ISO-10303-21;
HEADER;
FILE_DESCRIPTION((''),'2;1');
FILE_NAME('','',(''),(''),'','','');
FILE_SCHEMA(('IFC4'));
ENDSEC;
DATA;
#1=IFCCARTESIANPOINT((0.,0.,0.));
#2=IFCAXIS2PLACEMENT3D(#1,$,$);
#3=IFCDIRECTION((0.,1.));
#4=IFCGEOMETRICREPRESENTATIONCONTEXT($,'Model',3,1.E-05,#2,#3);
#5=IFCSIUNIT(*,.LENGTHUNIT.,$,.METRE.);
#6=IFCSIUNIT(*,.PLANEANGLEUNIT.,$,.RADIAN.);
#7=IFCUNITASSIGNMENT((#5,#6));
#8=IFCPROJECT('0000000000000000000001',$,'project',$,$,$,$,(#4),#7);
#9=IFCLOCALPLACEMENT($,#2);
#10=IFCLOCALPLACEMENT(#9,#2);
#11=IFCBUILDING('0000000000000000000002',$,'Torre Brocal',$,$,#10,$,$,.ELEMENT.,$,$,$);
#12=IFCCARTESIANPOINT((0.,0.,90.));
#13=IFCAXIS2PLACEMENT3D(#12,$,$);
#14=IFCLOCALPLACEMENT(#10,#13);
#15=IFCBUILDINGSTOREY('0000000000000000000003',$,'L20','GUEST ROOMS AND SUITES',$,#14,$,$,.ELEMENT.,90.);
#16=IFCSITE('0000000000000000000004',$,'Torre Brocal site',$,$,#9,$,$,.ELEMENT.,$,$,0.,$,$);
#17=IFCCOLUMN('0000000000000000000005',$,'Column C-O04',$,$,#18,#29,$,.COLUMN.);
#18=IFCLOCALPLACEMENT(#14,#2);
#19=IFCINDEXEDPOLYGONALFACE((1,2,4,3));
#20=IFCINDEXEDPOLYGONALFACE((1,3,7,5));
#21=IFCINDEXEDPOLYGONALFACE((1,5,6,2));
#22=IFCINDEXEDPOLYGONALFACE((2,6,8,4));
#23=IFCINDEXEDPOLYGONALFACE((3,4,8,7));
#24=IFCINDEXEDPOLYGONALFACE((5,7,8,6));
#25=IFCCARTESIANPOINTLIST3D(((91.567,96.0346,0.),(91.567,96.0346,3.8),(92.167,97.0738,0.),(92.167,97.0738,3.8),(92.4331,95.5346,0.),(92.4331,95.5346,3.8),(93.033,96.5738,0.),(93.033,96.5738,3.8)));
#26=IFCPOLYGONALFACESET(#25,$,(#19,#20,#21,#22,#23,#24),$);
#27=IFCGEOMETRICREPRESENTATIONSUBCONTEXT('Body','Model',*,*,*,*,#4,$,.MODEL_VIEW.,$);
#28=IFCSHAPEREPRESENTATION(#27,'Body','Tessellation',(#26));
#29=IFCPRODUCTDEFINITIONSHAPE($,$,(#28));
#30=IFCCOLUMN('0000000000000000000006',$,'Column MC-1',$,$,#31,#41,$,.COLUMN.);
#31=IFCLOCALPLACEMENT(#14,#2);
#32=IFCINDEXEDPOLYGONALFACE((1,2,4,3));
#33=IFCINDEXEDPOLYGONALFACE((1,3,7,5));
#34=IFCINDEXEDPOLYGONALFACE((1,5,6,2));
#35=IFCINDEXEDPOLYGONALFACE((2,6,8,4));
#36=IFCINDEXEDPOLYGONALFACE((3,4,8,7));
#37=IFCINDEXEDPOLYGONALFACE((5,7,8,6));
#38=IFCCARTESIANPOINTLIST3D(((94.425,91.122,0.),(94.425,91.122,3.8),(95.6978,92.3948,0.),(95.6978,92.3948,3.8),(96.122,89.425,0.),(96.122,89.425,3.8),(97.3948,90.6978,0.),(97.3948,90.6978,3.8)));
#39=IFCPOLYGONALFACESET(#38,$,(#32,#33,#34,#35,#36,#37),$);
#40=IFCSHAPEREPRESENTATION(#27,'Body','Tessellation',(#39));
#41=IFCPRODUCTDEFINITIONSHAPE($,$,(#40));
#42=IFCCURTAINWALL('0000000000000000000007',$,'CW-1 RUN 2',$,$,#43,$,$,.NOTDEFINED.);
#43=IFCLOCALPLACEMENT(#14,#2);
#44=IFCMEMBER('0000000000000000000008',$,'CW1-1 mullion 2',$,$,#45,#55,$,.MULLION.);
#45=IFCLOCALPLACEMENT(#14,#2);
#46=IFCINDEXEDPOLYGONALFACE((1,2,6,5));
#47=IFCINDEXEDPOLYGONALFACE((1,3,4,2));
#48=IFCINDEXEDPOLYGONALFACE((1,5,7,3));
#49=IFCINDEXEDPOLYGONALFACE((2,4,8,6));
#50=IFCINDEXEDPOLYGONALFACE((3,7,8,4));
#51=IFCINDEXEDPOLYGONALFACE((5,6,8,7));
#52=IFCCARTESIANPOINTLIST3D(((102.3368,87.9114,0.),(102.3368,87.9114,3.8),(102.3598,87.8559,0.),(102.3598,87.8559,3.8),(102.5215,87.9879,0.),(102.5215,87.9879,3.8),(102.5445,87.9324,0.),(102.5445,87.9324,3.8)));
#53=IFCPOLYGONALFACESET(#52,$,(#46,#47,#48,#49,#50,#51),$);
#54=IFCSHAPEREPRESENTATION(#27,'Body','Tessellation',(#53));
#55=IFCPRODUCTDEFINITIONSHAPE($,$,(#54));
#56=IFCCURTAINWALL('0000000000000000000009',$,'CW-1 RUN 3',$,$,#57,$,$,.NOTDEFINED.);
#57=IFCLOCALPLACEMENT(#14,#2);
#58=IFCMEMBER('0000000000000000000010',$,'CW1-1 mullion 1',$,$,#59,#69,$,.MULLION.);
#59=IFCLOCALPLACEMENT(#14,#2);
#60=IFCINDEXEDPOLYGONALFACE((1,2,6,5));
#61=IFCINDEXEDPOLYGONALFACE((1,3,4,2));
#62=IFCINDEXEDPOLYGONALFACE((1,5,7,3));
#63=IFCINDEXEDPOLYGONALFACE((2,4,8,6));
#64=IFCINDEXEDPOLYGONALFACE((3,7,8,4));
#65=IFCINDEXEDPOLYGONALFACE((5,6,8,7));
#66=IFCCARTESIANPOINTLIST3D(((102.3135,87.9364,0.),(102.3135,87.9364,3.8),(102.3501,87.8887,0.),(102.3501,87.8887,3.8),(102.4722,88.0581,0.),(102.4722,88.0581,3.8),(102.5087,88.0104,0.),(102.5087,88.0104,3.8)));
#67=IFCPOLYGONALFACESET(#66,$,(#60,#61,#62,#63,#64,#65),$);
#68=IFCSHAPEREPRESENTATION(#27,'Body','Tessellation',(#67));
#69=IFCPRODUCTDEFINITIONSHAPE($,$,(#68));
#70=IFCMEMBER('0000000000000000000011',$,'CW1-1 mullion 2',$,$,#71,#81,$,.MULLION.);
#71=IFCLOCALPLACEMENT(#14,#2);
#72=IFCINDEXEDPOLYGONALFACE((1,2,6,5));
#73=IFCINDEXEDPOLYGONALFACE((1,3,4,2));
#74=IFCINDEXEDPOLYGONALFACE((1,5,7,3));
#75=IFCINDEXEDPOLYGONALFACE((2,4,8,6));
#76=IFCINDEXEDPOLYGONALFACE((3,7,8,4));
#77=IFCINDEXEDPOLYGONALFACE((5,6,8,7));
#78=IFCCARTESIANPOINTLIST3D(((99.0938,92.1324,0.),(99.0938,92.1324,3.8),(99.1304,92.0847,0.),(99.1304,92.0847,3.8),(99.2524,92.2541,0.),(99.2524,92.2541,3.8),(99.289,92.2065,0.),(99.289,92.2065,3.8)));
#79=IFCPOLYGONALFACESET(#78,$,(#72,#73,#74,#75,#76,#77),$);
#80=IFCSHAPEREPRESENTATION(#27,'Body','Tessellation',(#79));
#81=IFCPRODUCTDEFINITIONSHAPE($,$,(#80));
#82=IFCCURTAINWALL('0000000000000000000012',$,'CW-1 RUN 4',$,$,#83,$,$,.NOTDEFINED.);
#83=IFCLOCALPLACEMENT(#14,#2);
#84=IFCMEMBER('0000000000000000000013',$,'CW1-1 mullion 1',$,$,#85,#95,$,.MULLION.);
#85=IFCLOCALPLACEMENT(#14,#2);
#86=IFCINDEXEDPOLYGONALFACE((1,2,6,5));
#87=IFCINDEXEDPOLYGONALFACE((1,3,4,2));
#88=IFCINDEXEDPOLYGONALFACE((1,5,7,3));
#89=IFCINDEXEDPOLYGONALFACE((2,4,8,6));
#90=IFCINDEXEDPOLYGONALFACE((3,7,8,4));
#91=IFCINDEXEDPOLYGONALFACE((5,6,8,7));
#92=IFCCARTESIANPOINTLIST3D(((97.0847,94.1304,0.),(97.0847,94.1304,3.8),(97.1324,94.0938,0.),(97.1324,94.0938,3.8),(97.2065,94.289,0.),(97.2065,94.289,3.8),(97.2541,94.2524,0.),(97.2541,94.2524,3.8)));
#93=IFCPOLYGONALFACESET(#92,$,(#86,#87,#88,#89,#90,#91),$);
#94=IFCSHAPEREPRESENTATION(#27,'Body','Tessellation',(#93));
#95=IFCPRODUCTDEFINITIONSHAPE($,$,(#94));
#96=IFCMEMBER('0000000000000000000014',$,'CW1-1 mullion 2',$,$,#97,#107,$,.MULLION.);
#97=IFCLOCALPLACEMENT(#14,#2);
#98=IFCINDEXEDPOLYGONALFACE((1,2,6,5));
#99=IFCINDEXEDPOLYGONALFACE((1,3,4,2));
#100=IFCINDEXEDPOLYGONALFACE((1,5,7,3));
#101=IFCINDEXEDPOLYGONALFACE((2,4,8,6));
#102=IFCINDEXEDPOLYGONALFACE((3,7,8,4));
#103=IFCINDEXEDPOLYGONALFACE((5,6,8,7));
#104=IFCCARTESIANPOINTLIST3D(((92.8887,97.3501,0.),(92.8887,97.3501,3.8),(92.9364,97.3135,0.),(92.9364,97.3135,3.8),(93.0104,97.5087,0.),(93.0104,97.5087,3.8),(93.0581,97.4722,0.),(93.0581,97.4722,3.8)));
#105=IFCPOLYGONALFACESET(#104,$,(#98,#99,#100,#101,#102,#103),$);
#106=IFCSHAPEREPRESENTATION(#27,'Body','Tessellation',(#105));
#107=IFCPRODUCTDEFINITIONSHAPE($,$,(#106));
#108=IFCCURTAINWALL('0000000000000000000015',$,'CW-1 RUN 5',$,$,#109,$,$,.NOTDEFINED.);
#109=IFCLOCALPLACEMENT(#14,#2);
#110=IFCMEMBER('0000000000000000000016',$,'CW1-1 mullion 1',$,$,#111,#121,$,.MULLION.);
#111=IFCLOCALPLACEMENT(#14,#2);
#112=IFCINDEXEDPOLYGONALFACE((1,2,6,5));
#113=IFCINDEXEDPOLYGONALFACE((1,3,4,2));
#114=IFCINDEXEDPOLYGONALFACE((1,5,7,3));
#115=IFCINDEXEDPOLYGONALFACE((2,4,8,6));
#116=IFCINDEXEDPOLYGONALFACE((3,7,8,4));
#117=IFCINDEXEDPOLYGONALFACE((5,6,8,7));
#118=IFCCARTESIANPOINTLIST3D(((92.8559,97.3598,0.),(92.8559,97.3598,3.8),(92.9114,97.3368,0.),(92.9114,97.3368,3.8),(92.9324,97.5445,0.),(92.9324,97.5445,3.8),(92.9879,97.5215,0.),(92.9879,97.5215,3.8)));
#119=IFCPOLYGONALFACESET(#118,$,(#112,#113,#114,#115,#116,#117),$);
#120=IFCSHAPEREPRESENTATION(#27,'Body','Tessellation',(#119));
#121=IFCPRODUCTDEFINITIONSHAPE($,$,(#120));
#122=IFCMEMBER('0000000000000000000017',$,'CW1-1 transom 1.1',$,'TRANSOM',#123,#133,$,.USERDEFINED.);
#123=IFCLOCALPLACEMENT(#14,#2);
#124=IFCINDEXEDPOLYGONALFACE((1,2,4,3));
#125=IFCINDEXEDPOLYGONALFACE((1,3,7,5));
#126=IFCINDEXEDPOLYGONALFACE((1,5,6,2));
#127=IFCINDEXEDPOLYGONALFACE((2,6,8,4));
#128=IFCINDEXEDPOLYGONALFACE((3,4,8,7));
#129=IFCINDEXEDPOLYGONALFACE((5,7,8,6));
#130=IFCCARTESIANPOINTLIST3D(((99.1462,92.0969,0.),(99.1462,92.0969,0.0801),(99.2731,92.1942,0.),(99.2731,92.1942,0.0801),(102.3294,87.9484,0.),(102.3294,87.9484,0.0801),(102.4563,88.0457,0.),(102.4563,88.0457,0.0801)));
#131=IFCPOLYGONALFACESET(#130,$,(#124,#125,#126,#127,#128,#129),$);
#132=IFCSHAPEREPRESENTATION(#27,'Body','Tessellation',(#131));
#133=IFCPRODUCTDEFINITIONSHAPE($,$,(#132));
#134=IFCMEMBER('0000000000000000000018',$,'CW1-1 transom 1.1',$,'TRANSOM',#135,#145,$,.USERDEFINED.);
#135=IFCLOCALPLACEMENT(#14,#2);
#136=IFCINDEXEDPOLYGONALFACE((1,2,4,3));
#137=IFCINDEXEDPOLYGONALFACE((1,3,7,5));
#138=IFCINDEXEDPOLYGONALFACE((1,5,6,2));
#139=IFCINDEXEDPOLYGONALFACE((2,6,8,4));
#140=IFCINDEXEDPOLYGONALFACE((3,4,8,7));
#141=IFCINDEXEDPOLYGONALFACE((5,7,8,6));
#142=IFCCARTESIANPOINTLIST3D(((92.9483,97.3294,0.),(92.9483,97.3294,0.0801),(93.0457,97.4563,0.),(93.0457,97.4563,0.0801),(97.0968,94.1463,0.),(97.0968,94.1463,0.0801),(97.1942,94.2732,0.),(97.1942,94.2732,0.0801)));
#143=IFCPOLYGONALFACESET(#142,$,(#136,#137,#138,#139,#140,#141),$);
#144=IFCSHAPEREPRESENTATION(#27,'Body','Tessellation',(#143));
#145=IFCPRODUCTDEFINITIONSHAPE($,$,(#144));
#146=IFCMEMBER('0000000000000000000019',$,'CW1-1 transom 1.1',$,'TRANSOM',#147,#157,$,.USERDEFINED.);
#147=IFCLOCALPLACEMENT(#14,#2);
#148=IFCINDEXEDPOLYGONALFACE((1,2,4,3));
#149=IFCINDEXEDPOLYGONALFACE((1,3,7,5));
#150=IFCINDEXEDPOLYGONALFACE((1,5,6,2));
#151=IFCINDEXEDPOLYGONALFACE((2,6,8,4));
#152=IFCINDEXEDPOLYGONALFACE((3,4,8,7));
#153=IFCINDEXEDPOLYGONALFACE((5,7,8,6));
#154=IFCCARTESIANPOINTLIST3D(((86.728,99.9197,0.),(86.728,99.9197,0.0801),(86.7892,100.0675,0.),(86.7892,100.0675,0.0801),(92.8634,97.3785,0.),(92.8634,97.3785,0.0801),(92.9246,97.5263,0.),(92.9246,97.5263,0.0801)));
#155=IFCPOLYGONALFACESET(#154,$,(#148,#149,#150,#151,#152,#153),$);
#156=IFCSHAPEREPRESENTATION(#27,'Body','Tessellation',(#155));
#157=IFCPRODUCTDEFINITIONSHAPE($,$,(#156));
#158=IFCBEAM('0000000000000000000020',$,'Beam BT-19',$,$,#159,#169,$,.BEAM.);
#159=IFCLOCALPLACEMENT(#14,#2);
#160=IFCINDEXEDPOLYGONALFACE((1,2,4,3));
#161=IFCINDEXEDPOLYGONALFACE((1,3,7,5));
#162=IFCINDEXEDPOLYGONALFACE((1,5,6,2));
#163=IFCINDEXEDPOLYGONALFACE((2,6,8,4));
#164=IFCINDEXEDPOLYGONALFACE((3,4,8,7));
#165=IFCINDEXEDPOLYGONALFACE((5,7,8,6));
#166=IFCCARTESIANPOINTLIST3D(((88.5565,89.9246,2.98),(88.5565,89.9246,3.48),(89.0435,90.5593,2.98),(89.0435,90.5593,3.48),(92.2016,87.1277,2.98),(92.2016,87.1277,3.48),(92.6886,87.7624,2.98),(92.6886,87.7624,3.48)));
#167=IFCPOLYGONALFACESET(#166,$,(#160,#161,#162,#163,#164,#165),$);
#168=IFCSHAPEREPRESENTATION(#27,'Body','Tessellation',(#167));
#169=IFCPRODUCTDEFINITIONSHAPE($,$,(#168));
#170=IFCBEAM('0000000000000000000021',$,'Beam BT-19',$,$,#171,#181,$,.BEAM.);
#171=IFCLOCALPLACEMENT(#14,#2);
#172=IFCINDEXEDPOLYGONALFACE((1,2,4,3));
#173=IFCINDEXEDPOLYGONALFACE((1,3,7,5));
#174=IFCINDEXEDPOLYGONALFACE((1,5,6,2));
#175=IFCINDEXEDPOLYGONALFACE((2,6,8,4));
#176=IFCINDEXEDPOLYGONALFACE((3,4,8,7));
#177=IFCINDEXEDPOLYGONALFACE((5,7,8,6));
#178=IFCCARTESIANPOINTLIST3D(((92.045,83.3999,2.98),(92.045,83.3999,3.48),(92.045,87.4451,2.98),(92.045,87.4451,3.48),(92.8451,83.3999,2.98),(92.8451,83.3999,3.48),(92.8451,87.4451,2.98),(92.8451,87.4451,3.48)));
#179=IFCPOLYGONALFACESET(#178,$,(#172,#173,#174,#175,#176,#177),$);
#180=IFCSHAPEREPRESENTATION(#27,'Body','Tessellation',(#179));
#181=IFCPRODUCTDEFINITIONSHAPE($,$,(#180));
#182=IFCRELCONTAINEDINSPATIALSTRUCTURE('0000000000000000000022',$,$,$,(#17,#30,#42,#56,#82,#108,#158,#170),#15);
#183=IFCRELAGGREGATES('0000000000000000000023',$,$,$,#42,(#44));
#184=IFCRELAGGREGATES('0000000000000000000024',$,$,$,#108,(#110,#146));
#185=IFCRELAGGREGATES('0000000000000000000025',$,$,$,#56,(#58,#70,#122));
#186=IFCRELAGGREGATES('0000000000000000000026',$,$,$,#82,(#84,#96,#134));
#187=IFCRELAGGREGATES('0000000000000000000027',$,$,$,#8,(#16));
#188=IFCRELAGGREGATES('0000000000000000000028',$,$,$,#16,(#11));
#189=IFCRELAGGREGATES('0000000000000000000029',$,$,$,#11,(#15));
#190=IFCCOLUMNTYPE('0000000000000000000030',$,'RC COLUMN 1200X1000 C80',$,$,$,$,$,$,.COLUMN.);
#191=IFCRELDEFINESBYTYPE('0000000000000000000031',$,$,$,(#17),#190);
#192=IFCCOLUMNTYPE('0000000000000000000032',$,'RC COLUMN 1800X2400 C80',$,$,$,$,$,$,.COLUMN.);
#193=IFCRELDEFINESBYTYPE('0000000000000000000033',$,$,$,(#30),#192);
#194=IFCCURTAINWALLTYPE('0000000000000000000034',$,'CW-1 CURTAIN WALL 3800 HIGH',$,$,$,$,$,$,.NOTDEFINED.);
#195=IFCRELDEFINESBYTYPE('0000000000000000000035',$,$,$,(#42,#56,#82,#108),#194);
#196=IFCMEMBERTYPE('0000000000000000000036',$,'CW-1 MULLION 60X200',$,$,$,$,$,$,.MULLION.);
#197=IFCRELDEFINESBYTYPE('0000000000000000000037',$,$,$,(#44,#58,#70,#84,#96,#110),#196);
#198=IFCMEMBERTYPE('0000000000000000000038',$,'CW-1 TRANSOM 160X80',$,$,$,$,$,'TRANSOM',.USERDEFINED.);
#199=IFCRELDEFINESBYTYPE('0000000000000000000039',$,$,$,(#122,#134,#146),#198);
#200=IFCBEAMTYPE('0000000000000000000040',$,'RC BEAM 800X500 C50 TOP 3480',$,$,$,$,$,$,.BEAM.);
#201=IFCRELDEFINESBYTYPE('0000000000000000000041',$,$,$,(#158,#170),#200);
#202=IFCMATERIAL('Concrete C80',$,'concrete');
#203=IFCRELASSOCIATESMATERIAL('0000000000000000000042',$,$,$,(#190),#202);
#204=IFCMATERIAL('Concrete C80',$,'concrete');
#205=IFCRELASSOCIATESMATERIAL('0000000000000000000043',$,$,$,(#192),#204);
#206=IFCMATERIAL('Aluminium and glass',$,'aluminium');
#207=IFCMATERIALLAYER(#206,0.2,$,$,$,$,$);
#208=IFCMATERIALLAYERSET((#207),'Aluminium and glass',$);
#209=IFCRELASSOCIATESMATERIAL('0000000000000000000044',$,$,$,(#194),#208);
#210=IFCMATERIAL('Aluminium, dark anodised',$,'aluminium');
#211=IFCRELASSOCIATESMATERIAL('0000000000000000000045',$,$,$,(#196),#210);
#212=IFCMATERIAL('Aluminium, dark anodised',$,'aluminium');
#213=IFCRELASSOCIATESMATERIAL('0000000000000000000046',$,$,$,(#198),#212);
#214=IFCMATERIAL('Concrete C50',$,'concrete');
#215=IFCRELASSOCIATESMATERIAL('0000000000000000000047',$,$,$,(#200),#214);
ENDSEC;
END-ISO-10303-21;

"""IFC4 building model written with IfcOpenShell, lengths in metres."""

from ifc_helpers import new_model, si_unit, direction, frame, origin, origin_2d, place, context, subcontext, project, spatial, rectangle, extrude, material, layer, layer_set, material_profile, profile_set, type_object, element, aggregate, save


model = new_model("IFC4")

# Units and contexts
model_context = context("Model", 3, precision=1e-05, world=origin(), true_north=direction((0.0, 1.0)))
body_context = subcontext(model_context, "Body", "Model", "MODEL_VIEW")
ifc_project = project(units=[si_unit("LENGTHUNIT", "METRE"), si_unit("PLANEANGLEUNIT", "RADIAN")], contexts=[model_context])

# Site, building, storey
site_placement = place(None, origin())
site = spatial("IfcSite", under=ifc_project, at=site_placement, Name="Torre Brocal site", CompositionType="ELEMENT", RefElevation=0.0)
building_placement = place(site_placement, origin())
building = spatial("IfcBuilding", under=site, at=building_placement, Name="Torre Brocal", CompositionType="ELEMENT")
storey_placement = place(building_placement, frame((0.0, 0.0, 90.0)))
storey = spatial("IfcBuildingStorey", under=building, at=storey_placement, Name="L20", Description="GUEST ROOMS AND SUITES", CompositionType="ELEMENT", Elevation=90.0)

# Columns
ifc_material_1 = material(Name="Concrete C80", Category="concrete")
ifc_material_profile_1 = material_profile(ifc_material_1, rectangle(XDim=1.2, YDim=1.0, at=origin_2d()), Name="RC 1200X1000")
ifc_profile_set_1 = profile_set([ifc_material_profile_1], Name="Concrete C80")
column_type_1 = type_object("IfcColumnType", Name="RC COLUMN 1200X1000 C80", PredefinedType="COLUMN", material=ifc_profile_set_1)
column_1_placement = place(storey_placement, frame((92.3, 96.3042, 0.0), z_axis=(0.0, 0.0, 1.0), x_axis=(0.5, 0.866025, 0.0)))
element("IfcColumn", 1, at=column_1_placement, inside=storey, type_object=column_type_1, Name="Column C-O04", PredefinedType="COLUMN", context=body_context, shape_type="SweptSolid", body=[
    extrude(rectangle(XDim=1.2, YDim=1.0, at=origin_2d()), origin(), (0.0, 0.0, 1.0), 3.8),
])
ifc_material_2 = material(Name="Concrete C80", Category="concrete")
ifc_material_profile_2 = material_profile(ifc_material_2, rectangle(XDim=1.8, YDim=2.3999, at=origin_2d()), Name="RC 1800X2400")
ifc_profile_set_2 = profile_set([ifc_material_profile_2], Name="Concrete C80")
column_type_2 = type_object("IfcColumnType", Name="RC COLUMN 1800X2400 C80", PredefinedType="COLUMN", material=ifc_profile_set_2)
column_2_placement = place(storey_placement, frame((95.9099, 90.9099, 0.0), z_axis=(0.0, 0.0, 1.0), x_axis=(0.707107, 0.707107, 0.0)))
element("IfcColumn", 2, at=column_2_placement, inside=storey, type_object=column_type_2, Name="Column MC-1", PredefinedType="COLUMN", context=body_context, shape_type="SweptSolid", body=[
    extrude(rectangle(XDim=1.8, YDim=2.3999, at=origin_2d()), origin(), (0.0, 0.0, 1.0), 3.8),
])

# Curtain wall, member
ifc_material_3 = material(Name="Aluminium and glass", Category="aluminium")
ifc_layer_1 = layer(ifc_material_3, 0.2)
ifc_layer_set_1 = layer_set([ifc_layer_1], Name="Aluminium and glass")
curtain_wall_type = type_object("IfcCurtainWallType", Name="CW-1 CURTAIN WALL 3800 HIGH", PredefinedType="NOTDEFINED", material=ifc_layer_set_1)
curtain_wall_1_placement = place(storey_placement, origin())
curtain_wall_1 = element("IfcCurtainWall", 3, at=curtain_wall_1_placement, inside=storey, type_object=curtain_wall_type, Name="CW-1 RUN 2", PredefinedType="NOTDEFINED")
ifc_material_4 = material(Name="Aluminium, dark anodised", Category="aluminium")
ifc_material_profile_3 = material_profile(ifc_material_4, rectangle(XDim=0.2, YDim=0.0601, at=origin_2d()), Name="CW-1 MULLION 60X200")
ifc_profile_set_3 = profile_set([ifc_material_profile_3], Name="Aluminium, dark anodised")
member_type_1 = type_object("IfcMemberType", Name="CW-1 MULLION 60X200", PredefinedType="MULLION", material=ifc_profile_set_3)
member_1_placement = place(storey_placement, frame((102.4407, 87.9219, 0.0), z_axis=(0.0, 0.0, 1.0), x_axis=(-0.92388, -0.382683, 0.0)))
member_1 = element("IfcMember", 4, at=member_1_placement, type_object=member_type_1, Name="CW1-1 mullion 2", PredefinedType="MULLION", context=body_context, shape_type="SweptSolid", body=[
    extrude(rectangle(XDim=0.2, YDim=0.0601, at=origin_2d()), origin(), (0.0, 0.0, 1.0), 3.8),
])
aggregate(curtain_wall_1, [member_1])

# Curtain walls, members
curtain_wall_2_placement = place(storey_placement, origin())
curtain_wall_2 = element("IfcCurtainWall", 5, at=curtain_wall_2_placement, inside=storey, type_object=curtain_wall_type, Name="CW-1 RUN 3", PredefinedType="NOTDEFINED")
member_2_placement = place(storey_placement, frame((102.4111, 87.9734, 0.0), z_axis=(0.0, 0.0, 1.0), x_axis=(-0.793353, -0.608761, 0.0)))
member_2 = element("IfcMember", 6, at=member_2_placement, type_object=member_type_1, Name="CW1-1 mullion 1", PredefinedType="MULLION", context=body_context, shape_type="SweptSolid", body=[
    extrude(rectangle(XDim=0.2, YDim=0.0601, at=origin_2d()), origin(), (0.0, 0.0, 1.0), 3.8),
])
member_3_placement = place(storey_placement, frame((99.1914, 92.1694, 0.0), z_axis=(0.0, 0.0, 1.0), x_axis=(-0.793353, -0.608761, 0.0)))
member_3 = element("IfcMember", 7, at=member_3_placement, type_object=member_type_1, Name="CW1-1 mullion 2", PredefinedType="MULLION", context=body_context, shape_type="SweptSolid", body=[
    extrude(rectangle(XDim=0.2, YDim=0.0601, at=origin_2d()), origin(), (0.0, 0.0, 1.0), 3.8),
])
curtain_wall_3_placement = place(storey_placement, origin())
curtain_wall_3 = element("IfcCurtainWall", 8, at=curtain_wall_3_placement, inside=storey, type_object=curtain_wall_type, Name="CW-1 RUN 4", PredefinedType="NOTDEFINED")
member_4_placement = place(storey_placement, frame((97.1694, 94.1914, 0.0), z_axis=(0.0, 0.0, 1.0), x_axis=(-0.608761, -0.793353, 0.0)))
member_4 = element("IfcMember", 9, at=member_4_placement, type_object=member_type_1, Name="CW1-1 mullion 1", PredefinedType="MULLION", context=body_context, shape_type="SweptSolid", body=[
    extrude(rectangle(XDim=0.2, YDim=0.0601, at=origin_2d()), origin(), (0.0, 0.0, 1.0), 3.8),
])
member_5_placement = place(storey_placement, frame((92.9734, 97.4111, 0.0), z_axis=(0.0, 0.0, 1.0), x_axis=(-0.608761, -0.793353, 0.0)))
member_5 = element("IfcMember", 10, at=member_5_placement, type_object=member_type_1, Name="CW1-1 mullion 2", PredefinedType="MULLION", context=body_context, shape_type="SweptSolid", body=[
    extrude(rectangle(XDim=0.2, YDim=0.0601, at=origin_2d()), origin(), (0.0, 0.0, 1.0), 3.8),
])

# Curtain wall, member
curtain_wall_4_placement = place(storey_placement, origin())
curtain_wall_4 = element("IfcCurtainWall", 11, at=curtain_wall_4_placement, inside=storey, type_object=curtain_wall_type, Name="CW-1 RUN 5", PredefinedType="NOTDEFINED")
member_6_placement = place(storey_placement, frame((92.9219, 97.4407, 0.0), z_axis=(0.0, 0.0, 1.0), x_axis=(-0.382683, -0.92388, 0.0)))
member_6 = element("IfcMember", 12, at=member_6_placement, type_object=member_type_1, Name="CW1-1 mullion 1", PredefinedType="MULLION", context=body_context, shape_type="SweptSolid", body=[
    extrude(rectangle(XDim=0.2, YDim=0.0601, at=origin_2d()), origin(), (0.0, 0.0, 1.0), 3.8),
])

# Members
ifc_material_5 = material(Name="Aluminium, dark anodised", Category="aluminium")
ifc_material_profile_4 = material_profile(ifc_material_5, rectangle(XDim=0.1599, YDim=0.0801, at=origin_2d()), Name="CW-1 TRANSOM 160X80")
ifc_profile_set_4 = profile_set([ifc_material_profile_4], Name="Aluminium, dark anodised")
member_type_2 = type_object("IfcMemberType", Name="CW-1 TRANSOM 160X80", ElementType="TRANSOM", PredefinedType="USERDEFINED", material=ifc_profile_set_4)
member_7_placement = place(storey_placement, frame((102.3928, 87.9971, 0.04), z_axis=(-0.608749, 0.793363, 0.0), x_axis=(-0.793363, -0.608749, 0.0)))
member_7 = element("IfcMember", 13, at=member_7_placement, type_object=member_type_2, Name="CW1-1 transom 1.1", ObjectType="TRANSOM", PredefinedType="USERDEFINED", context=body_context, shape_type="SweptSolid", body=[
    extrude(rectangle(XDim=0.1599, YDim=0.0801, at=origin_2d()), origin(), (0.0, 0.0, 1.0), 5.229),
])
member_8_placement = place(storey_placement, frame((97.1455, 94.2097, 0.04), z_axis=(-0.793363, 0.608749, 0.0), x_axis=(-0.608749, -0.793363, 0.0)))
member_8 = element("IfcMember", 14, at=member_8_placement, type_object=member_type_2, Name="CW1-1 transom 1.1", ObjectType="TRANSOM", PredefinedType="USERDEFINED", context=body_context, shape_type="SweptSolid", body=[
    extrude(rectangle(XDim=0.1599, YDim=0.0801, at=origin_2d()), origin(), (0.0, 0.0, 1.0), 5.229),
])
member_9_placement = place(storey_placement, frame((92.894, 97.4524, 0.04), z_axis=(-0.923887, 0.382665, 0.0), x_axis=(-0.382665, -0.923887, 0.0)))
member_9 = element("IfcMember", 15, at=member_9_placement, type_object=member_type_2, Name="CW1-1 transom 1.1", ObjectType="TRANSOM", PredefinedType="USERDEFINED", context=body_context, shape_type="SweptSolid", body=[
    extrude(rectangle(XDim=0.1599, YDim=0.0801, at=origin_2d()), origin(), (0.0, 0.0, 1.0), 6.6409),
])
aggregate(curtain_wall_4, [member_6, member_9])

# Beams
ifc_material_6 = material(Name="Concrete C50", Category="concrete")
ifc_material_profile_5 = material_profile(ifc_material_6, rectangle(XDim=0.8, YDim=0.5, at=origin_2d()), Name="RC 800X500")
ifc_profile_set_5 = profile_set([ifc_material_profile_5], Name="Concrete C50")
beam_type_1 = type_object("IfcBeamType", Name="RC BEAM 800X500 C50 TOP 3480", PredefinedType="BEAM", material=ifc_profile_set_5)
beam_1_placement = place(storey_placement, frame((92.4451, 87.4451, 3.23), z_axis=(-0.793358, 0.608755, 0.0), x_axis=(-0.608755, -0.793358, 0.0)))
element("IfcBeam", 16, at=beam_1_placement, inside=storey, type_object=beam_type_1, Name="Beam BT-19", PredefinedType="BEAM", context=body_context, shape_type="SweptSolid", body=[
    extrude(rectangle(XDim=0.8, YDim=0.5, at=origin_2d()), origin(), (0.0, 0.0, 1.0), 4.5945),
])
beam_2_placement = place(storey_placement, frame((92.4451, 87.4451, 3.23), z_axis=(0.0, -1.0, 0.0), x_axis=(1.0, 0.0, 0.0)))
element("IfcBeam", 17, at=beam_2_placement, inside=storey, type_object=beam_type_1, Name="Beam BT-19", PredefinedType="BEAM", context=body_context, shape_type="SweptSolid", body=[
    extrude(rectangle(XDim=0.8, YDim=0.5, at=origin_2d()), origin(), (0.0, 0.0, 1.0), 4.0452),
])

aggregate(curtain_wall_2, [member_2, member_3, member_7])
aggregate(curtain_wall_3, [member_4, member_5, member_8])

save(model, "model.ifc")
